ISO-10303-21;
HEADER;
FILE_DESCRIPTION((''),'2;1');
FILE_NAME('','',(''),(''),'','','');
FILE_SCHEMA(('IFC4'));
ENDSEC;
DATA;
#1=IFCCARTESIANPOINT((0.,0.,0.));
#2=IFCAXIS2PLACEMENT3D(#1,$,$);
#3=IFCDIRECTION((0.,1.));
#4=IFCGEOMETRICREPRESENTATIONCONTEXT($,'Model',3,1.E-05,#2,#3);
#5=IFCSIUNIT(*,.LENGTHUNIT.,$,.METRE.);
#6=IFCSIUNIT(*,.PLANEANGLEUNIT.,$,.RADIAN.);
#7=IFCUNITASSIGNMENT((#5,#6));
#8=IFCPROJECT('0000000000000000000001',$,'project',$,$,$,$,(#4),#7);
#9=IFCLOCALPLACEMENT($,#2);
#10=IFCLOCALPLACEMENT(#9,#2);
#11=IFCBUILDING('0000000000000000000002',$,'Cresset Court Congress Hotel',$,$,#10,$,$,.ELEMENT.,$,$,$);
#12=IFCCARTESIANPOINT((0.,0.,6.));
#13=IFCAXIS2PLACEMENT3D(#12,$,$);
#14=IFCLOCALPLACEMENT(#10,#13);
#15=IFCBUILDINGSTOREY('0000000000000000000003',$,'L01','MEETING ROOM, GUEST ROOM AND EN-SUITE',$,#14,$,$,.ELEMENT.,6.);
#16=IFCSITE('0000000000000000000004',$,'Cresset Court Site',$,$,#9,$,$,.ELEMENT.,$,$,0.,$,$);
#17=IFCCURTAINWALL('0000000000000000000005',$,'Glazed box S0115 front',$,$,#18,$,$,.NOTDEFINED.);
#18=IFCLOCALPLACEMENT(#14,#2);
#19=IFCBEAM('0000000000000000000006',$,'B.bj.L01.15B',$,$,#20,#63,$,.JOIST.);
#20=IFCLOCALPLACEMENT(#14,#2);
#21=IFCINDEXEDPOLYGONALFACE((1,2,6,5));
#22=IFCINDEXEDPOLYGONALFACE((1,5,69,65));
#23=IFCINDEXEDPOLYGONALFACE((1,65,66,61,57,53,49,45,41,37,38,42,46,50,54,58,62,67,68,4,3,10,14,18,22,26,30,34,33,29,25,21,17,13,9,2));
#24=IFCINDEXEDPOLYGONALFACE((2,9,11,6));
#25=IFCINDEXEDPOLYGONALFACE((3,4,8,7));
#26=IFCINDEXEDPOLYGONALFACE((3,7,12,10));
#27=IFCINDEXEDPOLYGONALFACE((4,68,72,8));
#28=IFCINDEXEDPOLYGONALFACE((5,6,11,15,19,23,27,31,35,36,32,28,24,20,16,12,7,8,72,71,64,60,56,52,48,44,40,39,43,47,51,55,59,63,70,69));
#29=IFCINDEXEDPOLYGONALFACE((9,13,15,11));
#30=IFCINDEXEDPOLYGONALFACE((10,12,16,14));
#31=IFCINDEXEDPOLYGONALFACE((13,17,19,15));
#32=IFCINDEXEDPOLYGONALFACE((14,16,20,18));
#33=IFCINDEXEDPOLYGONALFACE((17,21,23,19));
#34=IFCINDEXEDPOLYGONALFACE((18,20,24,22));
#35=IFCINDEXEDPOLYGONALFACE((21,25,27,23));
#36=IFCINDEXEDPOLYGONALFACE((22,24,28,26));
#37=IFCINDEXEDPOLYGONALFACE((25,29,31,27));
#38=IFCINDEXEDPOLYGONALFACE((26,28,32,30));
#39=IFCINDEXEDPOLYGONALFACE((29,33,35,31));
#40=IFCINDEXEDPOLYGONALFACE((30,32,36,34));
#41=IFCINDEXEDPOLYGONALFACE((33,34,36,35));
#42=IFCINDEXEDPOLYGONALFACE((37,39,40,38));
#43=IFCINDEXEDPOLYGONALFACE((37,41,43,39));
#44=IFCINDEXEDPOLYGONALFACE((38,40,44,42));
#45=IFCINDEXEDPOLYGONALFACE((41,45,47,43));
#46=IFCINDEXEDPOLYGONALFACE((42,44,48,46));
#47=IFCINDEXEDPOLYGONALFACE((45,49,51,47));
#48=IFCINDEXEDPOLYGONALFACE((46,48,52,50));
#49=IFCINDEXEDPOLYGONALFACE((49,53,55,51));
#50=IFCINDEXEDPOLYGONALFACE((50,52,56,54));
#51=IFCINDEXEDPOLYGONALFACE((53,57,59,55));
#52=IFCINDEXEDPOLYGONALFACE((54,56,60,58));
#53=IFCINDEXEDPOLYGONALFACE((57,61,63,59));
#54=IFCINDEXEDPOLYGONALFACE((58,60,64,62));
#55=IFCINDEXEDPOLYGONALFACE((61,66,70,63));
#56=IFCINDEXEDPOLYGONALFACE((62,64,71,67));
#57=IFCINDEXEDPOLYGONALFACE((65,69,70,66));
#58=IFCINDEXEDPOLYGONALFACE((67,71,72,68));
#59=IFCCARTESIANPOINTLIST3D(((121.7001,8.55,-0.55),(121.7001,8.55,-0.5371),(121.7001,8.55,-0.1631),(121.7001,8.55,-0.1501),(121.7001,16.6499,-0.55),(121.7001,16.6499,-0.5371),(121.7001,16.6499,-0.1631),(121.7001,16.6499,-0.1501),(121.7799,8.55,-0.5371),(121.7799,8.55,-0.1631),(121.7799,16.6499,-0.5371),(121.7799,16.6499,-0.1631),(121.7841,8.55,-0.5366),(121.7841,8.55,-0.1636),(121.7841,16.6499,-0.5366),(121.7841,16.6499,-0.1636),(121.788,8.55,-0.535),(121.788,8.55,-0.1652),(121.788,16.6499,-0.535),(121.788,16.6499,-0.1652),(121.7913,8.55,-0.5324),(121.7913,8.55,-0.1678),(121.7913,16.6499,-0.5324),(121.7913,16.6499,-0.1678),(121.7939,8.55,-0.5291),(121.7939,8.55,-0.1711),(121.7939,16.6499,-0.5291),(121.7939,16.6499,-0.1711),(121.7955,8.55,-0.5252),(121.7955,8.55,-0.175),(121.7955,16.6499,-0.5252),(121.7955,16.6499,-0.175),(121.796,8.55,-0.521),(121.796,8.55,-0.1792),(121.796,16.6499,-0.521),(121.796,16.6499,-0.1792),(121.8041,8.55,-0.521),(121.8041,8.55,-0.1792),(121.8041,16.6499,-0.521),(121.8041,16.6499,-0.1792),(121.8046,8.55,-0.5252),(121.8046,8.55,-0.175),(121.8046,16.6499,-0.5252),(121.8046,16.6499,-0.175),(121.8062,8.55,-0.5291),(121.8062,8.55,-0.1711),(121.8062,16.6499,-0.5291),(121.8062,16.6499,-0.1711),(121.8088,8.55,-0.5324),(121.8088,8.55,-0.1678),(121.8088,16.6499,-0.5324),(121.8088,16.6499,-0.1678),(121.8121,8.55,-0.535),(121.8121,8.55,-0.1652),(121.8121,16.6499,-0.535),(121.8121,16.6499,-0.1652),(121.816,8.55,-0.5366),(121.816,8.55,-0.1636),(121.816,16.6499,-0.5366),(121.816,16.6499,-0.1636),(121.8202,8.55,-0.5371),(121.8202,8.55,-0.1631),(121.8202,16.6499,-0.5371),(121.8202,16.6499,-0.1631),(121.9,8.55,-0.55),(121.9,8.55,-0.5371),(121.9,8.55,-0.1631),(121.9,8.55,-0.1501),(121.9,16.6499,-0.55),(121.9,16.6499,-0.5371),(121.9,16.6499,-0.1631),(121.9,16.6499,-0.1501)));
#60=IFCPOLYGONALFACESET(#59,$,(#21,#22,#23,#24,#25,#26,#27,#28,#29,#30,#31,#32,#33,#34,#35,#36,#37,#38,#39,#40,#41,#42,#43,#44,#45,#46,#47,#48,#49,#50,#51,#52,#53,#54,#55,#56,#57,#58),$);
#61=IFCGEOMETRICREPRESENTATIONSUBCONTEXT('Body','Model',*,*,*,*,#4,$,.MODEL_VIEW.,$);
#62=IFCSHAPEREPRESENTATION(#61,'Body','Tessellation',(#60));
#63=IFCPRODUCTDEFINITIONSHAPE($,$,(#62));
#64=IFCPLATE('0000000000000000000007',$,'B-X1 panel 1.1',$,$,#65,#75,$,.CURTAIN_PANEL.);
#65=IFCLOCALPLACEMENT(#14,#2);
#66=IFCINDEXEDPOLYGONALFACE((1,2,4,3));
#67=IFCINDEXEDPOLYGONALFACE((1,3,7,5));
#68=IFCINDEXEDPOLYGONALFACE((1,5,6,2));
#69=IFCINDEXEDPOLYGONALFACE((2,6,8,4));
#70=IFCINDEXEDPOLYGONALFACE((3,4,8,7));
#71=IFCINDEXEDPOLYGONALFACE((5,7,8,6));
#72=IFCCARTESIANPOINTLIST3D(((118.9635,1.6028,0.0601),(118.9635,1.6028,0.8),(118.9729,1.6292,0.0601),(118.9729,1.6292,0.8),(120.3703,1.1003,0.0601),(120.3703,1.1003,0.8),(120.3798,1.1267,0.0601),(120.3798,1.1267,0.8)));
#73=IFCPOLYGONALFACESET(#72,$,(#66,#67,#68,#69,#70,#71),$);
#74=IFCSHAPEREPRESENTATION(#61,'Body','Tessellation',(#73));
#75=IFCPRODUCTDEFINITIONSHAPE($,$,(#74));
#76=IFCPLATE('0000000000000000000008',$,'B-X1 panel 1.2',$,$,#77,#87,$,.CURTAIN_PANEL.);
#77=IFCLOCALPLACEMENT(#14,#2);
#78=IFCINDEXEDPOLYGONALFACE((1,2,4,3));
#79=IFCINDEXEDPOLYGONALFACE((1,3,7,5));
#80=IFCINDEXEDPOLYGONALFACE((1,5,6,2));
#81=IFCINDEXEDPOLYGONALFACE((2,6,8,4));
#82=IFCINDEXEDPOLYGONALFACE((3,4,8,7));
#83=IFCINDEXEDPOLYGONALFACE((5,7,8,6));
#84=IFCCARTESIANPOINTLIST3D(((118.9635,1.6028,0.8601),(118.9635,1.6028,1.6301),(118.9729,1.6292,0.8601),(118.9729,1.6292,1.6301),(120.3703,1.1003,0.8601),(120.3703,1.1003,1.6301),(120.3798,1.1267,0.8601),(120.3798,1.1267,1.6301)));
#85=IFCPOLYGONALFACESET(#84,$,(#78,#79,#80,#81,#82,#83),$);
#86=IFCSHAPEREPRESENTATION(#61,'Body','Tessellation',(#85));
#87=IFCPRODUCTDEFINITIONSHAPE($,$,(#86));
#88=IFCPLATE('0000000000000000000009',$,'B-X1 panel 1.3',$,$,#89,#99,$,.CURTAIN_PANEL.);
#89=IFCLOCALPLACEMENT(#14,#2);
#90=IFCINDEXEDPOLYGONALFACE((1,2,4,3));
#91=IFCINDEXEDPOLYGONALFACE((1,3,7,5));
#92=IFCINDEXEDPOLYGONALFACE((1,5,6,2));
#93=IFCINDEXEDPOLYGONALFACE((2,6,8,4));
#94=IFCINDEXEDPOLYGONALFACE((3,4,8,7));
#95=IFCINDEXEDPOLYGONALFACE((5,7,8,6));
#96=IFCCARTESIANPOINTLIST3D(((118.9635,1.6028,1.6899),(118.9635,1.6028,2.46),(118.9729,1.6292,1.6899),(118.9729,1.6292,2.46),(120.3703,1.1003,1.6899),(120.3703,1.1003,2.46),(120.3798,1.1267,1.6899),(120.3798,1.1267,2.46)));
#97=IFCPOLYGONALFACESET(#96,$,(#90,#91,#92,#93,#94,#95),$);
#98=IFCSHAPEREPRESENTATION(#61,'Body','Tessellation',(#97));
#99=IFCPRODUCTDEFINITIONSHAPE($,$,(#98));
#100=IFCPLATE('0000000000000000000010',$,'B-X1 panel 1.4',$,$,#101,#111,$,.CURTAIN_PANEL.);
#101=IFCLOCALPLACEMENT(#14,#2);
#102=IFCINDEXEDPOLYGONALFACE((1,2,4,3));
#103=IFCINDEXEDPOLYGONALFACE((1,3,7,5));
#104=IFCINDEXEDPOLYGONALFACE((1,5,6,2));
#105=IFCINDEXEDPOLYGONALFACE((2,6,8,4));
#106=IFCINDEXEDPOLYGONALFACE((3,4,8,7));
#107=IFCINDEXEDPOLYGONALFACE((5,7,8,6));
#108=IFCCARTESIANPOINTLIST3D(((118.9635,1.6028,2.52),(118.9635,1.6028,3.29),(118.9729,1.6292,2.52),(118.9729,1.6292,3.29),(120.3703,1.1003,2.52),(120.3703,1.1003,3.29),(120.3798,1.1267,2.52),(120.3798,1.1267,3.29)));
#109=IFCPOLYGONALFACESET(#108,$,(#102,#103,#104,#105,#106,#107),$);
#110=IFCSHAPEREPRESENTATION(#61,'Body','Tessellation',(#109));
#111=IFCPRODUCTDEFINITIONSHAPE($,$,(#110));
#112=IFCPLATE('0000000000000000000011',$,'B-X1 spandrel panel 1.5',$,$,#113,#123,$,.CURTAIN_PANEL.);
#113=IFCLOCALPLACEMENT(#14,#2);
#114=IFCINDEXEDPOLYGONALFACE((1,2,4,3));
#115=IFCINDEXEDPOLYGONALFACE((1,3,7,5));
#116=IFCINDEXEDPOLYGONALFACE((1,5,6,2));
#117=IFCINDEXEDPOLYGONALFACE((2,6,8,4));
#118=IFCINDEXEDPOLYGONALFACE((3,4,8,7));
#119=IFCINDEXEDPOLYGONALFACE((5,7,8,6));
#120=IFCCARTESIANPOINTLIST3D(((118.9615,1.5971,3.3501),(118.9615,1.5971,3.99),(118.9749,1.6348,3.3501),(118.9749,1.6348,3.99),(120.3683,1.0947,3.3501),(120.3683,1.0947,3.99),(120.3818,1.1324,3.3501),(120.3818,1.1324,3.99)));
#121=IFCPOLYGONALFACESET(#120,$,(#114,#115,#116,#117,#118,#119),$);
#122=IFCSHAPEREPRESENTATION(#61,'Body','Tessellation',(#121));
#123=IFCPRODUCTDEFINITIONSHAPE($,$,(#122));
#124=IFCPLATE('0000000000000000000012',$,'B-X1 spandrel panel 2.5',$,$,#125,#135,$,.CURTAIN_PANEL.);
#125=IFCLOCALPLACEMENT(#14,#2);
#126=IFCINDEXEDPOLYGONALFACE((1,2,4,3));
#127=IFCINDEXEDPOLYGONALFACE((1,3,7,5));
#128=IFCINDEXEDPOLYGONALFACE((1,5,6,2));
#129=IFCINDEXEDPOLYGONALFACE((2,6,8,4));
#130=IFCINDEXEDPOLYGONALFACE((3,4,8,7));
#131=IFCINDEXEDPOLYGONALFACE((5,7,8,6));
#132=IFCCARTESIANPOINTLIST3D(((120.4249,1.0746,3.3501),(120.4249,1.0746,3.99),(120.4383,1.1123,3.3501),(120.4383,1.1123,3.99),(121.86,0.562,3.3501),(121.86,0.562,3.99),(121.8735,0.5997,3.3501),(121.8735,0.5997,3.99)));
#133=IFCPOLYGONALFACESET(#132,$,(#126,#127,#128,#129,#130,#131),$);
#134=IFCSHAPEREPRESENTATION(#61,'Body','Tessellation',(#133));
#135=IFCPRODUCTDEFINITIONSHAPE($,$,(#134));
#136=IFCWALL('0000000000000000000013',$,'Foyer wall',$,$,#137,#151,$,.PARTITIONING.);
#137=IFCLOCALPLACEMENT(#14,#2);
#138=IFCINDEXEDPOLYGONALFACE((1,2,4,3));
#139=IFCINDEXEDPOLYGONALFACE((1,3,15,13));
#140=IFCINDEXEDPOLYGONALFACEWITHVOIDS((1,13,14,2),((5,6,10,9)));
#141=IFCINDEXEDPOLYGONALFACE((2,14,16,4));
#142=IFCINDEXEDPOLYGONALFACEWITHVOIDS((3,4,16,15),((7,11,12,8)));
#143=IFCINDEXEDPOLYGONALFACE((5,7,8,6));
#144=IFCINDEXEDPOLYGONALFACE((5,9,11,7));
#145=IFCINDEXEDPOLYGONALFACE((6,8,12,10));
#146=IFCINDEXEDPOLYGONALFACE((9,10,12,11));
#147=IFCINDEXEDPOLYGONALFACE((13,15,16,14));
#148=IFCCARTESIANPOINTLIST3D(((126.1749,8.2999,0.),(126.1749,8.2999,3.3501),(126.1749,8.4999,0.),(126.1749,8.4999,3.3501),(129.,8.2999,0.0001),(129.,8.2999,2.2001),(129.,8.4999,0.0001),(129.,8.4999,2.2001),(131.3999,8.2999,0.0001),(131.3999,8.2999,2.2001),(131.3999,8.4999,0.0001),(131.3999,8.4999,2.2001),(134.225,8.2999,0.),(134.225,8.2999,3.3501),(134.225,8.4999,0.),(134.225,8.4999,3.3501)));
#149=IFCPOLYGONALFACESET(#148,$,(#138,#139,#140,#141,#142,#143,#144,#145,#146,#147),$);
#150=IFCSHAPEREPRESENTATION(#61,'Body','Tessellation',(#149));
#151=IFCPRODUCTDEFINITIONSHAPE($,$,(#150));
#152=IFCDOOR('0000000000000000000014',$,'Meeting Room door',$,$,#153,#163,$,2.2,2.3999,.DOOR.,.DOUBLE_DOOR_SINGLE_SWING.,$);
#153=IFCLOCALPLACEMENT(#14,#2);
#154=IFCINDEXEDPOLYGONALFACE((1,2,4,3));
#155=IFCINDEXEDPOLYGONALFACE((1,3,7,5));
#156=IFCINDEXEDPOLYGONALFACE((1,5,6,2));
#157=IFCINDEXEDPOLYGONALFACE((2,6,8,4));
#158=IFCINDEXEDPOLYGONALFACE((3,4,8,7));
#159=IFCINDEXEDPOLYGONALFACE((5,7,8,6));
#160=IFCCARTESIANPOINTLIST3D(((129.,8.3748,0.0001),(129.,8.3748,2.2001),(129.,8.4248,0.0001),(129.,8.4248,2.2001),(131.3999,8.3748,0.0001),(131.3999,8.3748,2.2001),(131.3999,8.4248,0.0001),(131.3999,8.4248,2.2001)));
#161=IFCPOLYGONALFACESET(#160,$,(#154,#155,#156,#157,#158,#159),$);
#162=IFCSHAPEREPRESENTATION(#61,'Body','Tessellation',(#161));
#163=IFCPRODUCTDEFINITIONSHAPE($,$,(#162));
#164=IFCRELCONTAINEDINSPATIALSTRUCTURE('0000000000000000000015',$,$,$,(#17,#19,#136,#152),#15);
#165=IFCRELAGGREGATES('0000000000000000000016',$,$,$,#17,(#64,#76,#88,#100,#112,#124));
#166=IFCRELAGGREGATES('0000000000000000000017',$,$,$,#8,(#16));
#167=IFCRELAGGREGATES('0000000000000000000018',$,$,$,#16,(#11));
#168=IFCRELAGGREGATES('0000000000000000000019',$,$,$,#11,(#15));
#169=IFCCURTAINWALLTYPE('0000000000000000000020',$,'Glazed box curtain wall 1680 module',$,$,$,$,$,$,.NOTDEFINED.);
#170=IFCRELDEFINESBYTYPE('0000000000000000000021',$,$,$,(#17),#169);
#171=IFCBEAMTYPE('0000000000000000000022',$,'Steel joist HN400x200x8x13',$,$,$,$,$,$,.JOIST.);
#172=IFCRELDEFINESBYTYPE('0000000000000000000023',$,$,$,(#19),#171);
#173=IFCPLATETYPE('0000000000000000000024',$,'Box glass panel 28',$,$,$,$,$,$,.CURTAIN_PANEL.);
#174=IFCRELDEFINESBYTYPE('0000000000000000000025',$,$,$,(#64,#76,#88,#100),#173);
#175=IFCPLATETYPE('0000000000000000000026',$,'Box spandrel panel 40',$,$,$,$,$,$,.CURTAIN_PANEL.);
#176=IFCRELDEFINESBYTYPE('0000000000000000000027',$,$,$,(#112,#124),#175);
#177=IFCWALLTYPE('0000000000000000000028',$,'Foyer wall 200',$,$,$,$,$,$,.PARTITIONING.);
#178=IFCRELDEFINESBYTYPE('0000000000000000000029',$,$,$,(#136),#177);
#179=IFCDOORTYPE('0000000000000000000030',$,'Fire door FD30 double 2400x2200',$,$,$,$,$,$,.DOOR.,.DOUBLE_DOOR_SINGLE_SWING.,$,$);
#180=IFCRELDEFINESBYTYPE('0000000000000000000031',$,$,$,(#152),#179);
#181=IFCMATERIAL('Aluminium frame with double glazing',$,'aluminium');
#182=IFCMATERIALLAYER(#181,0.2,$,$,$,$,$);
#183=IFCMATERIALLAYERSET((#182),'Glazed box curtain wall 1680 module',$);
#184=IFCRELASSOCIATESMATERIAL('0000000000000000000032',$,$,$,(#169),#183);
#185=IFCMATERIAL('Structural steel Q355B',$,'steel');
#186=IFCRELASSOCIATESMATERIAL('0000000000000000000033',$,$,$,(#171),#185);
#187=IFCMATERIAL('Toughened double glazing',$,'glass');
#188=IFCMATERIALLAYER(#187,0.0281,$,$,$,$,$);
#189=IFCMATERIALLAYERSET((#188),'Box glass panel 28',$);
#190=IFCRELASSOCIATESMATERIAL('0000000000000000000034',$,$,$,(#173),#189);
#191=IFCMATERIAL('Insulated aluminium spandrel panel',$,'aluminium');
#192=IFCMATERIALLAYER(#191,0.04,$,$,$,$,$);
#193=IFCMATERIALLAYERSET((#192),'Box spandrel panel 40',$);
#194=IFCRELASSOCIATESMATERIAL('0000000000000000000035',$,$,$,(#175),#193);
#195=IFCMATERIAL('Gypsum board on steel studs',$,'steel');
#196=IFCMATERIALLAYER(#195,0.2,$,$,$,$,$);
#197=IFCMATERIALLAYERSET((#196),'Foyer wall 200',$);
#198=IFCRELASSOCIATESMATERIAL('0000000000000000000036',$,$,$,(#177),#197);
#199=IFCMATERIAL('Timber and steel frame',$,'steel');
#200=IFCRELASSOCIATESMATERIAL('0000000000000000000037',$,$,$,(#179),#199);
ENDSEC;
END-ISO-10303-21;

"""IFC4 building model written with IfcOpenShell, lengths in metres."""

from ifc_helpers import new_model, si_unit, direction, frame, frame_2d, origin, origin_2d, place, context, subcontext, project, spatial, rectangle, i_section, extrude, material, layer, layer_set, material_profile, profile_set, type_object, element, fill, aggregate, save


model = new_model("IFC4")

# Units and contexts
model_context = context("Model", 3, precision=1e-05, world=origin(), true_north=direction((0.0, 1.0)))
body_context = subcontext(model_context, "Body", "Model", "MODEL_VIEW")
ifc_project = project(units=[si_unit("LENGTHUNIT", "METRE"), si_unit("PLANEANGLEUNIT", "RADIAN")], contexts=[model_context])

# Site, building, storey
site_placement = place(None, origin())
site = spatial("IfcSite", under=ifc_project, at=site_placement, Name="Cresset Court Site", CompositionType="ELEMENT", RefElevation=0.0)
building_placement = place(site_placement, origin())
building = spatial("IfcBuilding", under=site, at=building_placement, Name="Cresset Court Congress Hotel", CompositionType="ELEMENT")
storey_placement = place(building_placement, frame((0.0, 0.0, 6.0)))
storey = spatial("IfcBuildingStorey", under=building, at=storey_placement, Name="L01", Description="MEETING ROOM, GUEST ROOM AND EN-SUITE", CompositionType="ELEMENT", Elevation=6.0)

# Curtain wall
ifc_material_1 = material(Name="Aluminium frame with double glazing", Category="aluminium")
ifc_layer_1 = layer(ifc_material_1, 0.2)
ifc_layer_set_1 = layer_set([ifc_layer_1], Name="Glazed box curtain wall 1680 module")
curtain_wall_type = type_object("IfcCurtainWallType", Name="Glazed box curtain wall 1680 module", PredefinedType="NOTDEFINED", material=ifc_layer_set_1)
curtain_wall_placement = place(storey_placement, origin())
curtain_wall = element("IfcCurtainWall", 1, at=curtain_wall_placement, inside=storey, type_object=curtain_wall_type, Name="Glazed box S0115 front", PredefinedType="NOTDEFINED")

# Beam
ifc_material_2 = material(Name="Structural steel Q355B", Category="steel")
ifc_material_profile_1 = material_profile(ifc_material_2, i_section(OverallWidth=0.2, OverallDepth=0.3999, WebThickness=0.0081, FlangeThickness=0.0129, FilletRadius=0.0161, at=origin_2d()), Name="HN400x200x8x13")
ifc_profile_set_1 = profile_set([ifc_material_profile_1], Name="Structural steel Q355B")
beam_type_1 = type_object("IfcBeamType", Name="Steel joist HN400x200x8x13", PredefinedType="JOIST", material=ifc_profile_set_1)
beam_1_placement = place(storey_placement, frame((121.8, 8.55, -0.3501), z_axis=(0.0, 1.0, 0.0), x_axis=(-1.0, 0.0, 0.0)))
element("IfcBeam", 2, at=beam_1_placement, inside=storey, type_object=beam_type_1, Name="B.bj.L01.15B", PredefinedType="JOIST", context=body_context, shape_type="SweptSolid", body=[
    extrude(i_section(OverallWidth=0.2, OverallDepth=0.3999, WebThickness=0.0081, FlangeThickness=0.0129, FilletRadius=0.0161, at=origin_2d()), origin(), (0.0, 0.0, 1.0), 8.0999),
])

# Plates
ifc_material_3 = material(Name="Toughened double glazing", Category="glass")
ifc_layer_2 = layer(ifc_material_3, 0.0281)
ifc_layer_set_2 = layer_set([ifc_layer_2], Name="Box glass panel 28")
plate_type_1 = type_object("IfcPlateType", Name="Box glass panel 28", PredefinedType="CURTAIN_PANEL", material=ifc_layer_set_2)
plate_1_placement = place(storey_placement, frame((119.6716, 1.3647, 0.0601), z_axis=(0.0, 0.0, 1.0), x_axis=(0.941742, -0.336336, 0.0)))
plate_1 = element("IfcPlate", 3, at=plate_1_placement, type_object=plate_type_1, Name="B-X1 panel 1.1", PredefinedType="CURTAIN_PANEL", context=body_context, shape_type="SweptSolid", body=[
    extrude(rectangle(XDim=1.4939, YDim=0.0281, at=origin_2d()), origin(), (0.0, 0.0, 1.0), 0.74),
])
plate_2_placement = place(storey_placement, frame((119.6716, 1.3647, 0.8601), z_axis=(0.0, 0.0, 1.0), x_axis=(0.941742, -0.336336, 0.0)))
plate_2 = element("IfcPlate", 4, at=plate_2_placement, type_object=plate_type_1, Name="B-X1 panel 1.2", PredefinedType="CURTAIN_PANEL", context=body_context, shape_type="SweptSolid", body=[
    extrude(rectangle(XDim=1.4939, YDim=0.0281, at=origin_2d()), origin(), (0.0, 0.0, 1.0), 0.77),
])
plate_3_placement = place(storey_placement, frame((119.6716, 1.3647, 1.6899), z_axis=(0.0, 0.0, 1.0), x_axis=(0.941742, -0.336336, 0.0)))
plate_3 = element("IfcPlate", 5, at=plate_3_placement, type_object=plate_type_1, Name="B-X1 panel 1.3", PredefinedType="CURTAIN_PANEL", context=body_context, shape_type="SweptSolid", body=[
    extrude(rectangle(XDim=1.4939, YDim=0.0281, at=origin_2d()), origin(), (0.0, 0.0, 1.0), 0.77),
])
plate_4_placement = place(storey_placement, frame((119.6716, 1.3647, 2.52), z_axis=(0.0, 0.0, 1.0), x_axis=(0.941742, -0.336336, 0.0)))
plate_4 = element("IfcPlate", 6, at=plate_4_placement, type_object=plate_type_1, Name="B-X1 panel 1.4", PredefinedType="CURTAIN_PANEL", context=body_context, shape_type="SweptSolid", body=[
    extrude(rectangle(XDim=1.4939, YDim=0.0281, at=origin_2d()), origin(), (0.0, 0.0, 1.0), 0.77),
])
ifc_material_4 = material(Name="Insulated aluminium spandrel panel", Category="aluminium")
ifc_layer_3 = layer(ifc_material_4, 0.04)
ifc_layer_set_3 = layer_set([ifc_layer_3], Name="Box spandrel panel 40")
plate_type_2 = type_object("IfcPlateType", Name="Box spandrel panel 40", PredefinedType="CURTAIN_PANEL", material=ifc_layer_set_3)
plate_5_placement = place(storey_placement, frame((119.6716, 1.3647, 3.3501), z_axis=(0.0, 0.0, 1.0), x_axis=(0.941742, -0.336336, 0.0)))
plate_5 = element("IfcPlate", 7, at=plate_5_placement, type_object=plate_type_2, Name="B-X1 spandrel panel 1.5", PredefinedType="CURTAIN_PANEL", context=body_context, shape_type="SweptSolid", body=[
    extrude(rectangle(XDim=1.4939, YDim=0.04, at=origin_2d()), origin(), (0.0, 0.0, 1.0), 0.6399),
])
plate_6_placement = place(storey_placement, frame((121.1492, 0.8372, 3.3501), z_axis=(0.0, 0.0, 1.0), x_axis=(0.941742, -0.336336, 0.0)))
plate_6 = element("IfcPlate", 8, at=plate_6_placement, type_object=plate_type_2, Name="B-X1 spandrel panel 2.5", PredefinedType="CURTAIN_PANEL", context=body_context, shape_type="SweptSolid", body=[
    extrude(rectangle(XDim=1.5239, YDim=0.04, at=origin_2d()), origin(), (0.0, 0.0, 1.0), 0.6399),
])
aggregate(curtain_wall, [plate_1, plate_2, plate_3, plate_4, plate_5, plate_6])

# Wall, opening, door
ifc_material_5 = material(Name="Gypsum board on steel studs", Category="steel")
ifc_layer_4 = layer(ifc_material_5, 0.2)
ifc_layer_set_4 = layer_set([ifc_layer_4], Name="Foyer wall 200")
wall_type = type_object("IfcWallType", Name="Foyer wall 200", PredefinedType="PARTITIONING", material=ifc_layer_set_4)
wall_1_placement = place(storey_placement, frame((126.175, 8.3999, 0.0), z_axis=(0.0, 0.0, 1.0), x_axis=(1.0, 0.0, 0.0)))
wall_1 = element("IfcWall", 9, at=wall_1_placement, inside=storey, type_object=wall_type, Name="Foyer wall", PredefinedType="PARTITIONING", context=body_context, shape_type="SweptSolid", body=[
    extrude(rectangle(XDim=8.05, YDim=0.2, at=frame_2d((4.0249, 0.0))), origin(), (0.0, 0.0, 1.0), 3.3501),
])
opening_1_placement = place(wall_1_placement, frame((2.825, 0.0, 0.0)))
opening_1 = element("IfcOpeningElement", 10, at=opening_1_placement, cuts=wall_1, PredefinedType="OPENING", context=body_context, shape_type="SweptSolid", body=[
    extrude(rectangle(XDim=2.3999, YDim=2.2, at=frame_2d((1.2, 1.1001))), frame((0.0, 0.1099, 0.0), z_axis=(0.0, -1.0, 0.0), x_axis=(1.0, 0.0, 0.0)), (0.0, 0.0, 1.0), 0.22),
])
ifc_material_6 = material(Name="Timber and steel frame", Category="steel")
door_type_1 = type_object("IfcDoorType", Name="Fire door FD30 double 2400x2200", OperationType="DOUBLE_DOOR_SINGLE_SWING", PredefinedType="DOOR", material=ifc_material_6)
door_1_placement = place(opening_1_placement, origin())
door_1 = element("IfcDoor", 11, at=door_1_placement, inside=storey, type_object=door_type_1, Name="Meeting Room door", OperationType="DOUBLE_DOOR_SINGLE_SWING", OverallHeight=2.2, OverallWidth=2.3999, PredefinedType="DOOR", context=body_context, shape_type="SweptSolid", body=[
    extrude(rectangle(XDim=2.3999, YDim=2.2, at=frame_2d((1.2, 1.1001))), frame((0.0, 0.0249, 0.0), z_axis=(0.0, -1.0, 0.0), x_axis=(1.0, 0.0, 0.0)), (0.0, 0.0, 1.0), 0.05),
])
fill(opening_1, door_1)

save(model, "model.ifc")
